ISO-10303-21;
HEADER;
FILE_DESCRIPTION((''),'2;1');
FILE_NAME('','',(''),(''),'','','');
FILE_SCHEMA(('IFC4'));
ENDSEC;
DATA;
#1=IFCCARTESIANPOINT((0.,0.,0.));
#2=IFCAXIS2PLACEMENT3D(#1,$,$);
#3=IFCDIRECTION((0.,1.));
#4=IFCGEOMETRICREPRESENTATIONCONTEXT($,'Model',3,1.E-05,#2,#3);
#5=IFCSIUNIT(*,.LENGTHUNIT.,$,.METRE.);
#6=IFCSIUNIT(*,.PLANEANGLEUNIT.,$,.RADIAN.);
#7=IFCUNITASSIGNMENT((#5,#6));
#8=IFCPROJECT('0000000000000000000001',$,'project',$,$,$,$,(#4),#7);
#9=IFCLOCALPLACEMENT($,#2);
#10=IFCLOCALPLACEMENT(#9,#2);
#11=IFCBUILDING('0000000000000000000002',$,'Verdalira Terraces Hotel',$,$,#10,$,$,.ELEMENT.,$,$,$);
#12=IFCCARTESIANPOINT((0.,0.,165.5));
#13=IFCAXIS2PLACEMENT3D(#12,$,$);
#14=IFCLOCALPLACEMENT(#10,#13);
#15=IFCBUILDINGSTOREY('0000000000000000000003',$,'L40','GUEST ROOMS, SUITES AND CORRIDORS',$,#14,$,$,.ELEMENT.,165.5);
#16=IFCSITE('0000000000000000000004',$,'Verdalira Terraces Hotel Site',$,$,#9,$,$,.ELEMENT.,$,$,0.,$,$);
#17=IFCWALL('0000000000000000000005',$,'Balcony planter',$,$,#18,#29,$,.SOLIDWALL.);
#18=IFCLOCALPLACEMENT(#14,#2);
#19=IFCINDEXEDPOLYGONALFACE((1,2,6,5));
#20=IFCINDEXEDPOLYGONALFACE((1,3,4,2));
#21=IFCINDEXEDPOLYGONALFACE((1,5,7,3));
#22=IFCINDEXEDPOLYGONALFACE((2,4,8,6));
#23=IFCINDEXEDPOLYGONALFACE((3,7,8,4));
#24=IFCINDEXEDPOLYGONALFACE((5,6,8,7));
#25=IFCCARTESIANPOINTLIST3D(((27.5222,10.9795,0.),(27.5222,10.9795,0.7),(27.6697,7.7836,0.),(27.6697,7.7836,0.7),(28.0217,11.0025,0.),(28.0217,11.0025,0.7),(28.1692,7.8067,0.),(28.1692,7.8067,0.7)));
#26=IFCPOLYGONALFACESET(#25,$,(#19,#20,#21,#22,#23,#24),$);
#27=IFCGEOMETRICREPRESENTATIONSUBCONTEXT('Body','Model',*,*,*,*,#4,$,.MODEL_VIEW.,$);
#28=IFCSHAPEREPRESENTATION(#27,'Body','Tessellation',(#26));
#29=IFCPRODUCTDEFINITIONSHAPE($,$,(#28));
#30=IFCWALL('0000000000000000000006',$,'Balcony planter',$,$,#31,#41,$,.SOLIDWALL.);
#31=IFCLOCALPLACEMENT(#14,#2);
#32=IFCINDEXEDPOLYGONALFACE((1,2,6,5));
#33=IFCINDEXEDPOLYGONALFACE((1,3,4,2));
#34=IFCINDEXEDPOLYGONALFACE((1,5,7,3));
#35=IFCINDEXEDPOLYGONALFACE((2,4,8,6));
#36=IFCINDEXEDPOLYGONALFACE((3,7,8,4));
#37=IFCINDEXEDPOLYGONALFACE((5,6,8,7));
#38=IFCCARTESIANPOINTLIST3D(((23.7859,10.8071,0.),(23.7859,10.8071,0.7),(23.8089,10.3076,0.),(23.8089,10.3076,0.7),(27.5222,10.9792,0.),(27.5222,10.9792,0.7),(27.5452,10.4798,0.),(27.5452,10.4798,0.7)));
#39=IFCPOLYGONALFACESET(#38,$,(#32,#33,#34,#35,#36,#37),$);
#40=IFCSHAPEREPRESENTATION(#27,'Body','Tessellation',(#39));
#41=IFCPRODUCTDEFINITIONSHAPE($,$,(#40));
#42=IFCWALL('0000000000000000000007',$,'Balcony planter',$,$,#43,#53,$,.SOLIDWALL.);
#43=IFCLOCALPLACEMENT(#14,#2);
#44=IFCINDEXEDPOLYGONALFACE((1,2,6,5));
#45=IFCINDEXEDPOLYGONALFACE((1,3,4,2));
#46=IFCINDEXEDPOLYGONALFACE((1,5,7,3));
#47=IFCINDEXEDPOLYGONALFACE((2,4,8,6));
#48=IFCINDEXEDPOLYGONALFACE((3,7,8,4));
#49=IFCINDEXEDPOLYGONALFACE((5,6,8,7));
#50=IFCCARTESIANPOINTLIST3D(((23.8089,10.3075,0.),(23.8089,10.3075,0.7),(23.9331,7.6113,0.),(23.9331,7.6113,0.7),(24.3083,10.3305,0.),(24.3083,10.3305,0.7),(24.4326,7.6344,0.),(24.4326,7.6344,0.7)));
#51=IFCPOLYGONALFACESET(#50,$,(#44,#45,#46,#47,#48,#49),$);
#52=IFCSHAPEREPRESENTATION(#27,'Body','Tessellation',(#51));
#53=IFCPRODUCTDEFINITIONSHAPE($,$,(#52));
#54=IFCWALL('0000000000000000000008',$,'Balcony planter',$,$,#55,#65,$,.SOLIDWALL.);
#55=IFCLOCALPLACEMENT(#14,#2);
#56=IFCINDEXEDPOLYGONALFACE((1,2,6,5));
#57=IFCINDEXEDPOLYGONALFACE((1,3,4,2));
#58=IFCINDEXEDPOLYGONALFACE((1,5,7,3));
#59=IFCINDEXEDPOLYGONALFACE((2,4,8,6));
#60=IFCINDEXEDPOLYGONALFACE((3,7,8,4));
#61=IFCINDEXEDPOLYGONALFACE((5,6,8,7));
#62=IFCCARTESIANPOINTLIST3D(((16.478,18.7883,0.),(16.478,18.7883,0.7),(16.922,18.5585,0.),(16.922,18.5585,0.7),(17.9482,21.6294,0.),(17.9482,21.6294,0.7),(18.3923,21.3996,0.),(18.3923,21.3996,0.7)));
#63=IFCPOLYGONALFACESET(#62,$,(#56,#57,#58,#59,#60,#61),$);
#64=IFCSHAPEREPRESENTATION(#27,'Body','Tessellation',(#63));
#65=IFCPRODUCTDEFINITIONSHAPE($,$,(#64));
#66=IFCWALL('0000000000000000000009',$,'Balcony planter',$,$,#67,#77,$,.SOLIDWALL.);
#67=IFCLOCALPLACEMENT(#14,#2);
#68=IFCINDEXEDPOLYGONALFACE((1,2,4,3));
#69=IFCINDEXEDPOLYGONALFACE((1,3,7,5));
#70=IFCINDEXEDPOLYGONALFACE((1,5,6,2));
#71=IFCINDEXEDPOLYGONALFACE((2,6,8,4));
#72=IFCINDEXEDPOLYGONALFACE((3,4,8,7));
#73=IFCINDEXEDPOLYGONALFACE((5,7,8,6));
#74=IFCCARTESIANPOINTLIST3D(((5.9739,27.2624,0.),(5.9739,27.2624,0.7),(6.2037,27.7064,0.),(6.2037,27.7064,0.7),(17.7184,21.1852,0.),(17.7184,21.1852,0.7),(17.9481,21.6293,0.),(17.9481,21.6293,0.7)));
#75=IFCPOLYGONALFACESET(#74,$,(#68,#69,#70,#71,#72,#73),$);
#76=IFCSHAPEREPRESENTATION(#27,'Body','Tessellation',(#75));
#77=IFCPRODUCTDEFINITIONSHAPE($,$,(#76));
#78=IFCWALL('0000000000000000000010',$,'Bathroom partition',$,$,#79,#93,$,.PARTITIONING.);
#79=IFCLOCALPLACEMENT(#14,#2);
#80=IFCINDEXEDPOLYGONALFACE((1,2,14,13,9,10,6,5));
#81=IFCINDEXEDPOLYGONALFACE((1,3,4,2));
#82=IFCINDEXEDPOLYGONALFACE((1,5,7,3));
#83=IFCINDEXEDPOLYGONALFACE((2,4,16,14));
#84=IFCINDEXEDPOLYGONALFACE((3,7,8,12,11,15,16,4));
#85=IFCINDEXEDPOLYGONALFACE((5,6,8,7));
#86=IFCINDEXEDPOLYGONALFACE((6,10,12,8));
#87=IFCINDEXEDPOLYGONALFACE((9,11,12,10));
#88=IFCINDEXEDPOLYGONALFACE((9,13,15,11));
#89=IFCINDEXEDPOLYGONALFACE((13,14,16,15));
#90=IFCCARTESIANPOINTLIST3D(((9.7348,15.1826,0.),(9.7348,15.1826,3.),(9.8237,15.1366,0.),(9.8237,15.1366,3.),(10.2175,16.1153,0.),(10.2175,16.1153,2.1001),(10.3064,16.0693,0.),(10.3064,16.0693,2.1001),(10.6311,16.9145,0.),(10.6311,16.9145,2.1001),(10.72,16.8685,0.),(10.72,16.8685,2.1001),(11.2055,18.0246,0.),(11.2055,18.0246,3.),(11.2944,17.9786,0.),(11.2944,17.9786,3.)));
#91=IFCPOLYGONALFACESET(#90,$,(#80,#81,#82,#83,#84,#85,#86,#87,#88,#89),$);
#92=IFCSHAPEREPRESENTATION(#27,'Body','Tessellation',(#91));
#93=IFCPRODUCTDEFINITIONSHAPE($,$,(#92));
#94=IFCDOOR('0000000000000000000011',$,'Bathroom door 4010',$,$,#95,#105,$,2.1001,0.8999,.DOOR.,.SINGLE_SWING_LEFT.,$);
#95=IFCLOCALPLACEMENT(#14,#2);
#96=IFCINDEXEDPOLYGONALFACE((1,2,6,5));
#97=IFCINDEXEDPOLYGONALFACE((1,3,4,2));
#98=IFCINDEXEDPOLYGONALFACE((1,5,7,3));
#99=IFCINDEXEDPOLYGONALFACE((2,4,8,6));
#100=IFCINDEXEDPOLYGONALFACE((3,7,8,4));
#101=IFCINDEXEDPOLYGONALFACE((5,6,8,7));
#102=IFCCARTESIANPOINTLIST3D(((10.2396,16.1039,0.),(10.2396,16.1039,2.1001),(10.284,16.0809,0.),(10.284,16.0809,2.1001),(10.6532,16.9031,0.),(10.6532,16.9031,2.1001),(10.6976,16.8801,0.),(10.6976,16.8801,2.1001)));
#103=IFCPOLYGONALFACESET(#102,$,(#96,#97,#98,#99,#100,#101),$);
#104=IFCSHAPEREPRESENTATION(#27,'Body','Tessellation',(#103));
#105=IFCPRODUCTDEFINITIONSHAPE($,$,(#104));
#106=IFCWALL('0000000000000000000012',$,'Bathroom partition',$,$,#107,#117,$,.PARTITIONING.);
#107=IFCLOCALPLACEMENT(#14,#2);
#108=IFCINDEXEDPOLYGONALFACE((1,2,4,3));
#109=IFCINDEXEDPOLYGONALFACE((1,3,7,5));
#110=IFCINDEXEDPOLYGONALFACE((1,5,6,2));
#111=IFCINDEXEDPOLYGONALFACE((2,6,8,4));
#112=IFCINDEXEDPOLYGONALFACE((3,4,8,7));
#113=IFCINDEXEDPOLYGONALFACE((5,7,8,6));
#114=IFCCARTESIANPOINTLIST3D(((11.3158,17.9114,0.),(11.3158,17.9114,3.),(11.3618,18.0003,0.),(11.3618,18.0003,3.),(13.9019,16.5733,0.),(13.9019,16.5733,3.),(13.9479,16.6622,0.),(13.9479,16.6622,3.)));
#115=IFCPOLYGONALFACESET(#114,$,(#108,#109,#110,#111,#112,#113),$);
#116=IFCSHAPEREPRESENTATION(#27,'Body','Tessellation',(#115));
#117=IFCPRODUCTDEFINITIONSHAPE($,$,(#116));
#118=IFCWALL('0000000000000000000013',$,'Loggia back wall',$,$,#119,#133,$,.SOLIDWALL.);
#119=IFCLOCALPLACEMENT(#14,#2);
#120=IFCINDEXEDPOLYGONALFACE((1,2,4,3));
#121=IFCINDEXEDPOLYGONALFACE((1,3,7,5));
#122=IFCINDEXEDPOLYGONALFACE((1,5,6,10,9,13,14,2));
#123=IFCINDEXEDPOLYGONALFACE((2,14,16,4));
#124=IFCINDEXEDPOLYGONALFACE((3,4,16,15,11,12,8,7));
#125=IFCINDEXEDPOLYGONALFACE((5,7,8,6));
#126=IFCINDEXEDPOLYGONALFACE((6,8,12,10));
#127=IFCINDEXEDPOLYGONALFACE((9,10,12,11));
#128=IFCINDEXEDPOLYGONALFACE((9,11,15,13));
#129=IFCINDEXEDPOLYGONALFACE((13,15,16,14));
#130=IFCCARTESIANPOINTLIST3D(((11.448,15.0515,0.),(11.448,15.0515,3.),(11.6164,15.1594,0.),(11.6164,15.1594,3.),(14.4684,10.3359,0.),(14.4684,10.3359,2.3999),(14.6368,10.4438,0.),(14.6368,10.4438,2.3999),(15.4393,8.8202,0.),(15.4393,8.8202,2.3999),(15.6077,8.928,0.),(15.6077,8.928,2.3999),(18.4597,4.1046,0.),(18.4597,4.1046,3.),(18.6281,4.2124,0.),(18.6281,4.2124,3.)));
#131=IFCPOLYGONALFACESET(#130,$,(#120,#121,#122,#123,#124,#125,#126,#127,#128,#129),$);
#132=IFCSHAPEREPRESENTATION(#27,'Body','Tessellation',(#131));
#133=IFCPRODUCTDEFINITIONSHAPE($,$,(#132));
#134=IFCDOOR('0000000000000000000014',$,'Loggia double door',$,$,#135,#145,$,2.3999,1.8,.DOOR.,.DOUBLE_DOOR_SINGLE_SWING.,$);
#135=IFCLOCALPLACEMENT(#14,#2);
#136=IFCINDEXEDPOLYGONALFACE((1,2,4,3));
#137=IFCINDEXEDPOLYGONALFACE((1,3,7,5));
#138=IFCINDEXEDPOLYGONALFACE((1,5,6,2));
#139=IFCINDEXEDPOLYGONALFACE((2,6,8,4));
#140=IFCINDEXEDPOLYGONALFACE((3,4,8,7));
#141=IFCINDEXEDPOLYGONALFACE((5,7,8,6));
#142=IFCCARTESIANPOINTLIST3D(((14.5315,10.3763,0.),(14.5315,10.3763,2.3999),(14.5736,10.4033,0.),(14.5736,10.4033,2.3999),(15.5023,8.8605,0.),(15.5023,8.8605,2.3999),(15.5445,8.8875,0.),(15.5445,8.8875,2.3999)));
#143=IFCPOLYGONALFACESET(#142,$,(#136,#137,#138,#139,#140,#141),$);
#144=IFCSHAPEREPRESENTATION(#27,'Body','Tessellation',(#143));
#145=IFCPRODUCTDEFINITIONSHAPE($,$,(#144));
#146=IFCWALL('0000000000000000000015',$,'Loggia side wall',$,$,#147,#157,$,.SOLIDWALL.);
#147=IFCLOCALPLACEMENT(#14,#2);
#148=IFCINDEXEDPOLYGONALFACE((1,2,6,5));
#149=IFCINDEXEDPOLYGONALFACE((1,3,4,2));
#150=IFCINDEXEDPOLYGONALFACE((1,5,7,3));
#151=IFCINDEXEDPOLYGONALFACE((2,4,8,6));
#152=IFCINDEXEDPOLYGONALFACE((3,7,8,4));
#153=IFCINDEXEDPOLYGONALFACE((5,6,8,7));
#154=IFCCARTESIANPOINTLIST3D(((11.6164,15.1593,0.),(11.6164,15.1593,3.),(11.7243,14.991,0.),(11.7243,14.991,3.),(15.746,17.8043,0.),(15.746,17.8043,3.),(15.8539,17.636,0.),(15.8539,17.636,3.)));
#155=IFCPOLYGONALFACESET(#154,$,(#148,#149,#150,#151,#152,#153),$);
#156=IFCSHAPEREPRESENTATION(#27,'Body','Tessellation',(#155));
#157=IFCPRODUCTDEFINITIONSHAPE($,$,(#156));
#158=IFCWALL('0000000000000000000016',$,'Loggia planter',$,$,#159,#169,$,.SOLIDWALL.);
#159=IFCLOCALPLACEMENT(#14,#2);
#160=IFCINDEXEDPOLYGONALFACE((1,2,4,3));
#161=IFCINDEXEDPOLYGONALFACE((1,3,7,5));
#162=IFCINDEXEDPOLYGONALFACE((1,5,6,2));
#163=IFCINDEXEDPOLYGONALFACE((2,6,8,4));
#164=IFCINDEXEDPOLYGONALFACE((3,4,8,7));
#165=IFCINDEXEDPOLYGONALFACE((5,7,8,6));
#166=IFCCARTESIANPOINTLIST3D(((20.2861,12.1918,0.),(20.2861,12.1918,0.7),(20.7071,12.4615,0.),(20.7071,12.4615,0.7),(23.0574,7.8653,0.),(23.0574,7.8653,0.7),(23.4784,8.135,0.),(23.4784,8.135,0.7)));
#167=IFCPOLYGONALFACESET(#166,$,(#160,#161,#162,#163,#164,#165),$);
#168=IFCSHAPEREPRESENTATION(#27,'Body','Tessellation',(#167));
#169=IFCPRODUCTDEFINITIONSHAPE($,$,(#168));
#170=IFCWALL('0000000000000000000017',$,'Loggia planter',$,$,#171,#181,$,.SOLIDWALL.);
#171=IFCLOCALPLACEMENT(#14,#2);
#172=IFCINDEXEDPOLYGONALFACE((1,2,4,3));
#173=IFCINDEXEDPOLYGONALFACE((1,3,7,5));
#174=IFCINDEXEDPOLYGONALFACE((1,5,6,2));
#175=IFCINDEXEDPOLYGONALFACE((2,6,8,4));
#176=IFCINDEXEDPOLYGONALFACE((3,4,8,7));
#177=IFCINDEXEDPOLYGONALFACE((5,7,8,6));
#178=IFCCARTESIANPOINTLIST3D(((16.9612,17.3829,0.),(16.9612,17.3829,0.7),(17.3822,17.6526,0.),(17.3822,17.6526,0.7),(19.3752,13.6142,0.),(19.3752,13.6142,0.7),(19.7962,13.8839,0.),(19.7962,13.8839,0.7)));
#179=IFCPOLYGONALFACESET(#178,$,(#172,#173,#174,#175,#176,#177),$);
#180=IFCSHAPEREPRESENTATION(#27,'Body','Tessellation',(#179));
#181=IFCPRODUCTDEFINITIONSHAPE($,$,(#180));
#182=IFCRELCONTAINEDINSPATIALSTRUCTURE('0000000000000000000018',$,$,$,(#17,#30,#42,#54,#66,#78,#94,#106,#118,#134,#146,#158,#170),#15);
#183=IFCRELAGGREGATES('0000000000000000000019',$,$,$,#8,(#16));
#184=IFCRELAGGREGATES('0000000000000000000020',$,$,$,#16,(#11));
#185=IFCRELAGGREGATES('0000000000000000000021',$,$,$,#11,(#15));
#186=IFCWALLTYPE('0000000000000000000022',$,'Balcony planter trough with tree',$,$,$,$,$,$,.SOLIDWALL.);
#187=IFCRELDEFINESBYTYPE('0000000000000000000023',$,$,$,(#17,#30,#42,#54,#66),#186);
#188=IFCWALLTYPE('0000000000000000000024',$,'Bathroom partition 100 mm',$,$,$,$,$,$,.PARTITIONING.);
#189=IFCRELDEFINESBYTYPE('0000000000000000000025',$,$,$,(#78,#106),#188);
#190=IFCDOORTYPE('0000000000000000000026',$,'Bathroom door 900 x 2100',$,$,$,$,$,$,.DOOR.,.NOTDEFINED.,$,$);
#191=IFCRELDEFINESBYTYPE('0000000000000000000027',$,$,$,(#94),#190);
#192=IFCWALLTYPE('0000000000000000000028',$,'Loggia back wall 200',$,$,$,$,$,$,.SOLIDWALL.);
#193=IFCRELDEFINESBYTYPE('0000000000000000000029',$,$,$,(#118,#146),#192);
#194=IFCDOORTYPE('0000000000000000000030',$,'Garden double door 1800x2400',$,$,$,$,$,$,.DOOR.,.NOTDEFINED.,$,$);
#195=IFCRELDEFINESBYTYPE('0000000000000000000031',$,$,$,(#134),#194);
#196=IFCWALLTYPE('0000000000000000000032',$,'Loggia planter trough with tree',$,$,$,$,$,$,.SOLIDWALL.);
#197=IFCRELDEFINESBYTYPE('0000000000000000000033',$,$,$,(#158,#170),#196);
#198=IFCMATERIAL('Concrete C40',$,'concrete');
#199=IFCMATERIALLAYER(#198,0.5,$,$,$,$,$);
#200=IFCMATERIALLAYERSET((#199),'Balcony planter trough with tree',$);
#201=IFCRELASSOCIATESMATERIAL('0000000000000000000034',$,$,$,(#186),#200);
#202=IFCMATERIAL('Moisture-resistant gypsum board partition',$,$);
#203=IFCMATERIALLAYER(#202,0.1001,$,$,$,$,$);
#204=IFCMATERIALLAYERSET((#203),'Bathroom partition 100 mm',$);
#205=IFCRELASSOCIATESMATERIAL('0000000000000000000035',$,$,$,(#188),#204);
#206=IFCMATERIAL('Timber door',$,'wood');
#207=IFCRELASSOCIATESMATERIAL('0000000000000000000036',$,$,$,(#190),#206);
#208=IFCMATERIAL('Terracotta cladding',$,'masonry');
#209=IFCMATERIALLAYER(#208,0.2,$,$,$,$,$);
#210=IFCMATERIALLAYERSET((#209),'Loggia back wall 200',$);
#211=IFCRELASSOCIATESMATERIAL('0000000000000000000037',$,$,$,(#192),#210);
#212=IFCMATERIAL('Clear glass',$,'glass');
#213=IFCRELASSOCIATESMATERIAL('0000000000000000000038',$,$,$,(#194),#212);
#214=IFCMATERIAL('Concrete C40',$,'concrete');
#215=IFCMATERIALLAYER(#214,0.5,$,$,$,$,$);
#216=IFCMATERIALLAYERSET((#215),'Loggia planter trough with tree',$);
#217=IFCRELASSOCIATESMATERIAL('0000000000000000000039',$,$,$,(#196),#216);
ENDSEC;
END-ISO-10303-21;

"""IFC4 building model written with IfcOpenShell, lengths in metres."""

from ifc_helpers import new_model, si_unit, direction, frame, frame_2d, origin, place, context, subcontext, project, spatial, rectangle, extrude, material, layer, layer_set, type_object, element, fill, save


model = new_model("IFC4")

# Units and contexts
model_context = context("Model", 3, precision=1e-05, world=origin(), true_north=direction((0.0, 1.0)))
body_context = subcontext(model_context, "Body", "Model", "MODEL_VIEW")
ifc_project = project(units=[si_unit("LENGTHUNIT", "METRE"), si_unit("PLANEANGLEUNIT", "RADIAN")], contexts=[model_context])

# Site, building, storey
site_placement = place(None, origin())
site = spatial("IfcSite", under=ifc_project, at=site_placement, Name="Verdalira Terraces Hotel Site", CompositionType="ELEMENT", RefElevation=0.0)
building_placement = place(site_placement, origin())
building = spatial("IfcBuilding", under=site, at=building_placement, Name="Verdalira Terraces Hotel", CompositionType="ELEMENT")
storey_placement = place(building_placement, frame((0.0, 0.0, 165.5)))
storey = spatial("IfcBuildingStorey", under=building, at=storey_placement, Name="L40", Description="GUEST ROOMS, SUITES AND CORRIDORS", CompositionType="ELEMENT", Elevation=165.5)

# Walls
ifc_material_1 = material(Name="Concrete C40", Category="concrete")
ifc_layer_1 = layer(ifc_material_1, 0.5)
ifc_layer_set_1 = layer_set([ifc_layer_1], Name="Balcony planter trough with tree")
wall_type_1 = type_object("IfcWallType", Name="Balcony planter trough with tree", PredefinedType="SOLIDWALL", material=ifc_layer_set_1)
wall_1_placement = place(storey_placement, frame((27.9194, 7.7952, 0.0), z_axis=(0.0, 0.0, 1.0), x_axis=(-0.046093, 0.998937, 0.0)))
element("IfcWall", 1, at=wall_1_placement, inside=storey, type_object=wall_type_1, Name="Balcony planter", PredefinedType="SOLIDWALL", context=body_context, shape_type="SweptSolid", body=[
    extrude(rectangle(XDim=3.1992, YDim=0.5, at=frame_2d((1.5996, 0.0))), origin(), (0.0, 0.0, 1.0), 0.7),
])
wall_2_placement = place(storey_placement, frame((27.5337, 10.7295, 0.0), z_axis=(0.0, 0.0, 1.0), x_axis=(-0.998941, -0.046018, 0.0)))
element("IfcWall", 2, at=wall_2_placement, inside=storey, type_object=wall_type_1, Name="Balcony planter", PredefinedType="SOLIDWALL", context=body_context, shape_type="SweptSolid", body=[
    extrude(rectangle(XDim=3.7402, YDim=0.5, at=frame_2d((1.8701, 0.0))), origin(), (0.0, 0.0, 1.0), 0.7),
])
wall_3_placement = place(storey_placement, frame((24.0586, 10.3191, 0.0), z_axis=(0.0, 0.0, 1.0), x_axis=(0.046044, -0.998939, 0.0)))
element("IfcWall", 3, at=wall_3_placement, inside=storey, type_object=wall_type_1, Name="Balcony planter", PredefinedType="SOLIDWALL", context=body_context, shape_type="SweptSolid", body=[
    extrude(rectangle(XDim=2.699, YDim=0.5, at=frame_2d((1.3496, 0.0))), origin(), (0.0, 0.0, 1.0), 0.7),
])
wall_4_placement = place(storey_placement, frame((16.7, 18.6733, 0.0), z_axis=(0.0, 0.0, 1.0), x_axis=(0.459595, 0.888128, 0.0)))
element("IfcWall", 4, at=wall_4_placement, inside=storey, type_object=wall_type_1, Name="Balcony planter", PredefinedType="SOLIDWALL", context=body_context, shape_type="SweptSolid", body=[
    extrude(rectangle(XDim=3.199, YDim=0.5, at=frame_2d((1.5996, 0.0))), origin(), (0.0, 0.0, 1.0), 0.7),
])
wall_5_placement = place(storey_placement, frame((17.8333, 21.4072, 0.0), z_axis=(0.0, 0.0, 1.0), x_axis=(-0.888142, 0.45957, 0.0)))
element("IfcWall", 5, at=wall_5_placement, inside=storey, type_object=wall_type_1, Name="Balcony planter", PredefinedType="SOLIDWALL", context=body_context, shape_type="SweptSolid", body=[
    extrude(rectangle(XDim=13.2236, YDim=0.5, at=frame_2d((6.6118, 0.0))), origin(), (0.0, 0.0, 1.0), 0.7),
])

# Wall, opening, door
ifc_material_2 = material(Name="Moisture-resistant gypsum board partition")
ifc_layer_2 = layer(ifc_material_2, 0.1001)
ifc_layer_set_2 = layer_set([ifc_layer_2], Name="Bathroom partition 100 mm")
wall_type_2 = type_object("IfcWallType", Name="Bathroom partition 100 mm", PredefinedType="PARTITIONING", material=ifc_layer_set_2)
wall_6_placement = place(storey_placement, frame((11.25, 18.0017, 0.0), z_axis=(0.0, 0.0, 1.0), x_axis=(-0.459591, -0.888131, 0.0)))
wall_6 = element("IfcWall", 6, at=wall_6_placement, inside=storey, type_object=wall_type_2, Name="Bathroom partition", PredefinedType="PARTITIONING", context=body_context, shape_type="SweptSolid", body=[
    extrude(rectangle(XDim=3.2, YDim=0.1001, at=frame_2d((1.6001, 0.0))), origin(), (0.0, 0.0, 1.0), 3.0),
])
opening_1_placement = place(wall_6_placement, frame((1.25, 0.0, 0.0)))
opening_1 = element("IfcOpeningElement", 7, at=opening_1_placement, cuts=wall_6, PredefinedType="OPENING", context=body_context, shape_type="SweptSolid", body=[
    extrude(rectangle(XDim=0.8999, YDim=2.1001, at=frame_2d((0.45, 1.05))), frame((0.0, 0.0601, 0.0), z_axis=(0.0, -1.0, 0.0), x_axis=(1.0, 0.0, 0.0)), (0.0, 0.0, 1.0), 0.1201),
])
ifc_material_3 = material(Name="Timber door", Category="wood")
door_type_1 = type_object("IfcDoorType", Name="Bathroom door 900 x 2100", OperationType="NOTDEFINED", PredefinedType="DOOR", material=ifc_material_3)
door_1_placement = place(opening_1_placement, origin())
door_1 = element("IfcDoor", 8, at=door_1_placement, inside=storey, type_object=door_type_1, Name="Bathroom door 4010", OperationType="SINGLE_SWING_LEFT", OverallHeight=2.1001, OverallWidth=0.8999, PredefinedType="DOOR", context=body_context, shape_type="SweptSolid", body=[
    extrude(rectangle(XDim=0.8999, YDim=2.1001, at=frame_2d((0.45, 1.05))), frame((0.0, 0.0249, 0.0), z_axis=(0.0, -1.0, 0.0), x_axis=(1.0, 0.0, 0.0)), (0.0, 0.0, 1.0), 0.05),
])
fill(opening_1, door_1)

# Wall
wall_7_placement = place(storey_placement, frame((13.925, 16.6177, 0.0), z_axis=(0.0, 0.0, 1.0), x_axis=(-0.888154, 0.459546, 0.0)))
element("IfcWall", 9, at=wall_7_placement, inside=storey, type_object=wall_type_2, Name="Bathroom partition", PredefinedType="PARTITIONING", context=body_context, shape_type="SweptSolid", body=[
    extrude(rectangle(XDim=2.9119, YDim=0.1001, at=frame_2d((1.4561, 0.0))), origin(), (0.0, 0.0, 1.0), 3.0),
])

# Wall, opening, door
ifc_material_4 = material(Name="Terracotta cladding", Category="masonry")
ifc_layer_3 = layer(ifc_material_4, 0.2)
ifc_layer_set_3 = layer_set([ifc_layer_3], Name="Loggia back wall 200")
wall_type_3 = type_object("IfcWallType", Name="Loggia back wall 200", PredefinedType="SOLIDWALL", material=ifc_layer_set_3)
wall_8_placement = place(storey_placement, frame((11.5322, 15.1055, 0.0), z_axis=(0.0, 0.0, 1.0), x_axis=(0.539361, -0.842075, 0.0)))
wall_8 = element("IfcWall", 10, at=wall_8_placement, inside=storey, type_object=wall_type_3, Name="Loggia back wall", PredefinedType="SOLIDWALL", context=body_context, shape_type="SweptSolid", body=[
    extrude(rectangle(XDim=13.0, YDim=0.2, at=frame_2d((6.5, 0.0))), origin(), (0.0, 0.0, 1.0), 3.0),
])
opening_2_placement = place(wall_8_placement, frame((5.6001, 0.0, 0.0)))
opening_2 = element("IfcOpeningElement", 11, at=opening_2_placement, cuts=wall_8, PredefinedType="OPENING", context=body_context, shape_type="SweptSolid", body=[
    extrude(rectangle(XDim=1.8, YDim=2.3999, at=frame_2d((0.8999, 1.2))), frame((0.0, 0.1099, 0.0), z_axis=(0.0, -1.0, 0.0), x_axis=(1.0, 0.0, 0.0)), (0.0, 0.0, 1.0), 0.22),
])
ifc_material_5 = material(Name="Clear glass", Category="glass")
door_type_2 = type_object("IfcDoorType", Name="Garden double door 1800x2400", OperationType="NOTDEFINED", PredefinedType="DOOR", material=ifc_material_5)
door_2_placement = place(opening_2_placement, origin())
door_2 = element("IfcDoor", 12, at=door_2_placement, inside=storey, type_object=door_type_2, Name="Loggia double door", OperationType="DOUBLE_DOOR_SINGLE_SWING", OverallHeight=2.3999, OverallWidth=1.8, PredefinedType="DOOR", context=body_context, shape_type="SweptSolid", body=[
    extrude(rectangle(XDim=1.8, YDim=2.3999, at=frame_2d((0.8999, 1.2))), frame((0.0, 0.0249, 0.0), z_axis=(0.0, -1.0, 0.0), x_axis=(1.0, 0.0, 0.0)), (0.0, 0.0, 1.0), 0.05),
])
fill(opening_2, door_2)

# Walls
wall_9_placement = place(storey_placement, frame((15.8, 17.7202, 0.0), z_axis=(0.0, 0.0, 1.0), x_axis=(-0.842081, -0.53935, 0.0)))
element("IfcWall", 13, at=wall_9_placement, inside=storey, type_object=wall_type_3, Name="Loggia side wall", PredefinedType="SOLIDWALL", context=body_context, shape_type="SweptSolid", body=[
    extrude(rectangle(XDim=4.9041, YDim=0.2, at=frame_2d((2.4521, 0.0))), origin(), (0.0, 0.0, 1.0), 3.0),
])
ifc_material_6 = material(Name="Concrete C40", Category="concrete")
ifc_layer_4 = layer(ifc_material_6, 0.5)
ifc_layer_set_4 = layer_set([ifc_layer_4], Name="Loggia planter trough with tree")
wall_type_4 = type_object("IfcWallType", Name="Loggia planter trough with tree", PredefinedType="SOLIDWALL", material=ifc_layer_set_4)
wall_10_placement = place(storey_placement, frame((23.2678, 8.0002, 0.0), z_axis=(0.0, 0.0, 1.0), x_axis=(-0.539376, 0.842065, 0.0)))
element("IfcWall", 14, at=wall_10_placement, inside=storey, type_object=wall_type_4, Name="Loggia planter", PredefinedType="SOLIDWALL", context=body_context, shape_type="SweptSolid", body=[
    extrude(rectangle(XDim=5.1379, YDim=0.5, at=frame_2d((2.5688, 0.0))), origin(), (0.0, 0.0, 1.0), 0.7),
])
wall_11_placement = place(storey_placement, frame((19.5857, 13.749, 0.0), z_axis=(0.0, 0.0, 1.0), x_axis=(-0.539376, 0.842065, 0.0)))
element("IfcWall", 15, at=wall_11_placement, inside=storey, type_object=wall_type_4, Name="Loggia planter", PredefinedType="SOLIDWALL", context=body_context, shape_type="SweptSolid", body=[
    extrude(rectangle(XDim=4.4756, YDim=0.5, at=frame_2d((2.2378, 0.0))), origin(), (0.0, 0.0, 1.0), 0.7),
])

save(model, "model.ifc")
